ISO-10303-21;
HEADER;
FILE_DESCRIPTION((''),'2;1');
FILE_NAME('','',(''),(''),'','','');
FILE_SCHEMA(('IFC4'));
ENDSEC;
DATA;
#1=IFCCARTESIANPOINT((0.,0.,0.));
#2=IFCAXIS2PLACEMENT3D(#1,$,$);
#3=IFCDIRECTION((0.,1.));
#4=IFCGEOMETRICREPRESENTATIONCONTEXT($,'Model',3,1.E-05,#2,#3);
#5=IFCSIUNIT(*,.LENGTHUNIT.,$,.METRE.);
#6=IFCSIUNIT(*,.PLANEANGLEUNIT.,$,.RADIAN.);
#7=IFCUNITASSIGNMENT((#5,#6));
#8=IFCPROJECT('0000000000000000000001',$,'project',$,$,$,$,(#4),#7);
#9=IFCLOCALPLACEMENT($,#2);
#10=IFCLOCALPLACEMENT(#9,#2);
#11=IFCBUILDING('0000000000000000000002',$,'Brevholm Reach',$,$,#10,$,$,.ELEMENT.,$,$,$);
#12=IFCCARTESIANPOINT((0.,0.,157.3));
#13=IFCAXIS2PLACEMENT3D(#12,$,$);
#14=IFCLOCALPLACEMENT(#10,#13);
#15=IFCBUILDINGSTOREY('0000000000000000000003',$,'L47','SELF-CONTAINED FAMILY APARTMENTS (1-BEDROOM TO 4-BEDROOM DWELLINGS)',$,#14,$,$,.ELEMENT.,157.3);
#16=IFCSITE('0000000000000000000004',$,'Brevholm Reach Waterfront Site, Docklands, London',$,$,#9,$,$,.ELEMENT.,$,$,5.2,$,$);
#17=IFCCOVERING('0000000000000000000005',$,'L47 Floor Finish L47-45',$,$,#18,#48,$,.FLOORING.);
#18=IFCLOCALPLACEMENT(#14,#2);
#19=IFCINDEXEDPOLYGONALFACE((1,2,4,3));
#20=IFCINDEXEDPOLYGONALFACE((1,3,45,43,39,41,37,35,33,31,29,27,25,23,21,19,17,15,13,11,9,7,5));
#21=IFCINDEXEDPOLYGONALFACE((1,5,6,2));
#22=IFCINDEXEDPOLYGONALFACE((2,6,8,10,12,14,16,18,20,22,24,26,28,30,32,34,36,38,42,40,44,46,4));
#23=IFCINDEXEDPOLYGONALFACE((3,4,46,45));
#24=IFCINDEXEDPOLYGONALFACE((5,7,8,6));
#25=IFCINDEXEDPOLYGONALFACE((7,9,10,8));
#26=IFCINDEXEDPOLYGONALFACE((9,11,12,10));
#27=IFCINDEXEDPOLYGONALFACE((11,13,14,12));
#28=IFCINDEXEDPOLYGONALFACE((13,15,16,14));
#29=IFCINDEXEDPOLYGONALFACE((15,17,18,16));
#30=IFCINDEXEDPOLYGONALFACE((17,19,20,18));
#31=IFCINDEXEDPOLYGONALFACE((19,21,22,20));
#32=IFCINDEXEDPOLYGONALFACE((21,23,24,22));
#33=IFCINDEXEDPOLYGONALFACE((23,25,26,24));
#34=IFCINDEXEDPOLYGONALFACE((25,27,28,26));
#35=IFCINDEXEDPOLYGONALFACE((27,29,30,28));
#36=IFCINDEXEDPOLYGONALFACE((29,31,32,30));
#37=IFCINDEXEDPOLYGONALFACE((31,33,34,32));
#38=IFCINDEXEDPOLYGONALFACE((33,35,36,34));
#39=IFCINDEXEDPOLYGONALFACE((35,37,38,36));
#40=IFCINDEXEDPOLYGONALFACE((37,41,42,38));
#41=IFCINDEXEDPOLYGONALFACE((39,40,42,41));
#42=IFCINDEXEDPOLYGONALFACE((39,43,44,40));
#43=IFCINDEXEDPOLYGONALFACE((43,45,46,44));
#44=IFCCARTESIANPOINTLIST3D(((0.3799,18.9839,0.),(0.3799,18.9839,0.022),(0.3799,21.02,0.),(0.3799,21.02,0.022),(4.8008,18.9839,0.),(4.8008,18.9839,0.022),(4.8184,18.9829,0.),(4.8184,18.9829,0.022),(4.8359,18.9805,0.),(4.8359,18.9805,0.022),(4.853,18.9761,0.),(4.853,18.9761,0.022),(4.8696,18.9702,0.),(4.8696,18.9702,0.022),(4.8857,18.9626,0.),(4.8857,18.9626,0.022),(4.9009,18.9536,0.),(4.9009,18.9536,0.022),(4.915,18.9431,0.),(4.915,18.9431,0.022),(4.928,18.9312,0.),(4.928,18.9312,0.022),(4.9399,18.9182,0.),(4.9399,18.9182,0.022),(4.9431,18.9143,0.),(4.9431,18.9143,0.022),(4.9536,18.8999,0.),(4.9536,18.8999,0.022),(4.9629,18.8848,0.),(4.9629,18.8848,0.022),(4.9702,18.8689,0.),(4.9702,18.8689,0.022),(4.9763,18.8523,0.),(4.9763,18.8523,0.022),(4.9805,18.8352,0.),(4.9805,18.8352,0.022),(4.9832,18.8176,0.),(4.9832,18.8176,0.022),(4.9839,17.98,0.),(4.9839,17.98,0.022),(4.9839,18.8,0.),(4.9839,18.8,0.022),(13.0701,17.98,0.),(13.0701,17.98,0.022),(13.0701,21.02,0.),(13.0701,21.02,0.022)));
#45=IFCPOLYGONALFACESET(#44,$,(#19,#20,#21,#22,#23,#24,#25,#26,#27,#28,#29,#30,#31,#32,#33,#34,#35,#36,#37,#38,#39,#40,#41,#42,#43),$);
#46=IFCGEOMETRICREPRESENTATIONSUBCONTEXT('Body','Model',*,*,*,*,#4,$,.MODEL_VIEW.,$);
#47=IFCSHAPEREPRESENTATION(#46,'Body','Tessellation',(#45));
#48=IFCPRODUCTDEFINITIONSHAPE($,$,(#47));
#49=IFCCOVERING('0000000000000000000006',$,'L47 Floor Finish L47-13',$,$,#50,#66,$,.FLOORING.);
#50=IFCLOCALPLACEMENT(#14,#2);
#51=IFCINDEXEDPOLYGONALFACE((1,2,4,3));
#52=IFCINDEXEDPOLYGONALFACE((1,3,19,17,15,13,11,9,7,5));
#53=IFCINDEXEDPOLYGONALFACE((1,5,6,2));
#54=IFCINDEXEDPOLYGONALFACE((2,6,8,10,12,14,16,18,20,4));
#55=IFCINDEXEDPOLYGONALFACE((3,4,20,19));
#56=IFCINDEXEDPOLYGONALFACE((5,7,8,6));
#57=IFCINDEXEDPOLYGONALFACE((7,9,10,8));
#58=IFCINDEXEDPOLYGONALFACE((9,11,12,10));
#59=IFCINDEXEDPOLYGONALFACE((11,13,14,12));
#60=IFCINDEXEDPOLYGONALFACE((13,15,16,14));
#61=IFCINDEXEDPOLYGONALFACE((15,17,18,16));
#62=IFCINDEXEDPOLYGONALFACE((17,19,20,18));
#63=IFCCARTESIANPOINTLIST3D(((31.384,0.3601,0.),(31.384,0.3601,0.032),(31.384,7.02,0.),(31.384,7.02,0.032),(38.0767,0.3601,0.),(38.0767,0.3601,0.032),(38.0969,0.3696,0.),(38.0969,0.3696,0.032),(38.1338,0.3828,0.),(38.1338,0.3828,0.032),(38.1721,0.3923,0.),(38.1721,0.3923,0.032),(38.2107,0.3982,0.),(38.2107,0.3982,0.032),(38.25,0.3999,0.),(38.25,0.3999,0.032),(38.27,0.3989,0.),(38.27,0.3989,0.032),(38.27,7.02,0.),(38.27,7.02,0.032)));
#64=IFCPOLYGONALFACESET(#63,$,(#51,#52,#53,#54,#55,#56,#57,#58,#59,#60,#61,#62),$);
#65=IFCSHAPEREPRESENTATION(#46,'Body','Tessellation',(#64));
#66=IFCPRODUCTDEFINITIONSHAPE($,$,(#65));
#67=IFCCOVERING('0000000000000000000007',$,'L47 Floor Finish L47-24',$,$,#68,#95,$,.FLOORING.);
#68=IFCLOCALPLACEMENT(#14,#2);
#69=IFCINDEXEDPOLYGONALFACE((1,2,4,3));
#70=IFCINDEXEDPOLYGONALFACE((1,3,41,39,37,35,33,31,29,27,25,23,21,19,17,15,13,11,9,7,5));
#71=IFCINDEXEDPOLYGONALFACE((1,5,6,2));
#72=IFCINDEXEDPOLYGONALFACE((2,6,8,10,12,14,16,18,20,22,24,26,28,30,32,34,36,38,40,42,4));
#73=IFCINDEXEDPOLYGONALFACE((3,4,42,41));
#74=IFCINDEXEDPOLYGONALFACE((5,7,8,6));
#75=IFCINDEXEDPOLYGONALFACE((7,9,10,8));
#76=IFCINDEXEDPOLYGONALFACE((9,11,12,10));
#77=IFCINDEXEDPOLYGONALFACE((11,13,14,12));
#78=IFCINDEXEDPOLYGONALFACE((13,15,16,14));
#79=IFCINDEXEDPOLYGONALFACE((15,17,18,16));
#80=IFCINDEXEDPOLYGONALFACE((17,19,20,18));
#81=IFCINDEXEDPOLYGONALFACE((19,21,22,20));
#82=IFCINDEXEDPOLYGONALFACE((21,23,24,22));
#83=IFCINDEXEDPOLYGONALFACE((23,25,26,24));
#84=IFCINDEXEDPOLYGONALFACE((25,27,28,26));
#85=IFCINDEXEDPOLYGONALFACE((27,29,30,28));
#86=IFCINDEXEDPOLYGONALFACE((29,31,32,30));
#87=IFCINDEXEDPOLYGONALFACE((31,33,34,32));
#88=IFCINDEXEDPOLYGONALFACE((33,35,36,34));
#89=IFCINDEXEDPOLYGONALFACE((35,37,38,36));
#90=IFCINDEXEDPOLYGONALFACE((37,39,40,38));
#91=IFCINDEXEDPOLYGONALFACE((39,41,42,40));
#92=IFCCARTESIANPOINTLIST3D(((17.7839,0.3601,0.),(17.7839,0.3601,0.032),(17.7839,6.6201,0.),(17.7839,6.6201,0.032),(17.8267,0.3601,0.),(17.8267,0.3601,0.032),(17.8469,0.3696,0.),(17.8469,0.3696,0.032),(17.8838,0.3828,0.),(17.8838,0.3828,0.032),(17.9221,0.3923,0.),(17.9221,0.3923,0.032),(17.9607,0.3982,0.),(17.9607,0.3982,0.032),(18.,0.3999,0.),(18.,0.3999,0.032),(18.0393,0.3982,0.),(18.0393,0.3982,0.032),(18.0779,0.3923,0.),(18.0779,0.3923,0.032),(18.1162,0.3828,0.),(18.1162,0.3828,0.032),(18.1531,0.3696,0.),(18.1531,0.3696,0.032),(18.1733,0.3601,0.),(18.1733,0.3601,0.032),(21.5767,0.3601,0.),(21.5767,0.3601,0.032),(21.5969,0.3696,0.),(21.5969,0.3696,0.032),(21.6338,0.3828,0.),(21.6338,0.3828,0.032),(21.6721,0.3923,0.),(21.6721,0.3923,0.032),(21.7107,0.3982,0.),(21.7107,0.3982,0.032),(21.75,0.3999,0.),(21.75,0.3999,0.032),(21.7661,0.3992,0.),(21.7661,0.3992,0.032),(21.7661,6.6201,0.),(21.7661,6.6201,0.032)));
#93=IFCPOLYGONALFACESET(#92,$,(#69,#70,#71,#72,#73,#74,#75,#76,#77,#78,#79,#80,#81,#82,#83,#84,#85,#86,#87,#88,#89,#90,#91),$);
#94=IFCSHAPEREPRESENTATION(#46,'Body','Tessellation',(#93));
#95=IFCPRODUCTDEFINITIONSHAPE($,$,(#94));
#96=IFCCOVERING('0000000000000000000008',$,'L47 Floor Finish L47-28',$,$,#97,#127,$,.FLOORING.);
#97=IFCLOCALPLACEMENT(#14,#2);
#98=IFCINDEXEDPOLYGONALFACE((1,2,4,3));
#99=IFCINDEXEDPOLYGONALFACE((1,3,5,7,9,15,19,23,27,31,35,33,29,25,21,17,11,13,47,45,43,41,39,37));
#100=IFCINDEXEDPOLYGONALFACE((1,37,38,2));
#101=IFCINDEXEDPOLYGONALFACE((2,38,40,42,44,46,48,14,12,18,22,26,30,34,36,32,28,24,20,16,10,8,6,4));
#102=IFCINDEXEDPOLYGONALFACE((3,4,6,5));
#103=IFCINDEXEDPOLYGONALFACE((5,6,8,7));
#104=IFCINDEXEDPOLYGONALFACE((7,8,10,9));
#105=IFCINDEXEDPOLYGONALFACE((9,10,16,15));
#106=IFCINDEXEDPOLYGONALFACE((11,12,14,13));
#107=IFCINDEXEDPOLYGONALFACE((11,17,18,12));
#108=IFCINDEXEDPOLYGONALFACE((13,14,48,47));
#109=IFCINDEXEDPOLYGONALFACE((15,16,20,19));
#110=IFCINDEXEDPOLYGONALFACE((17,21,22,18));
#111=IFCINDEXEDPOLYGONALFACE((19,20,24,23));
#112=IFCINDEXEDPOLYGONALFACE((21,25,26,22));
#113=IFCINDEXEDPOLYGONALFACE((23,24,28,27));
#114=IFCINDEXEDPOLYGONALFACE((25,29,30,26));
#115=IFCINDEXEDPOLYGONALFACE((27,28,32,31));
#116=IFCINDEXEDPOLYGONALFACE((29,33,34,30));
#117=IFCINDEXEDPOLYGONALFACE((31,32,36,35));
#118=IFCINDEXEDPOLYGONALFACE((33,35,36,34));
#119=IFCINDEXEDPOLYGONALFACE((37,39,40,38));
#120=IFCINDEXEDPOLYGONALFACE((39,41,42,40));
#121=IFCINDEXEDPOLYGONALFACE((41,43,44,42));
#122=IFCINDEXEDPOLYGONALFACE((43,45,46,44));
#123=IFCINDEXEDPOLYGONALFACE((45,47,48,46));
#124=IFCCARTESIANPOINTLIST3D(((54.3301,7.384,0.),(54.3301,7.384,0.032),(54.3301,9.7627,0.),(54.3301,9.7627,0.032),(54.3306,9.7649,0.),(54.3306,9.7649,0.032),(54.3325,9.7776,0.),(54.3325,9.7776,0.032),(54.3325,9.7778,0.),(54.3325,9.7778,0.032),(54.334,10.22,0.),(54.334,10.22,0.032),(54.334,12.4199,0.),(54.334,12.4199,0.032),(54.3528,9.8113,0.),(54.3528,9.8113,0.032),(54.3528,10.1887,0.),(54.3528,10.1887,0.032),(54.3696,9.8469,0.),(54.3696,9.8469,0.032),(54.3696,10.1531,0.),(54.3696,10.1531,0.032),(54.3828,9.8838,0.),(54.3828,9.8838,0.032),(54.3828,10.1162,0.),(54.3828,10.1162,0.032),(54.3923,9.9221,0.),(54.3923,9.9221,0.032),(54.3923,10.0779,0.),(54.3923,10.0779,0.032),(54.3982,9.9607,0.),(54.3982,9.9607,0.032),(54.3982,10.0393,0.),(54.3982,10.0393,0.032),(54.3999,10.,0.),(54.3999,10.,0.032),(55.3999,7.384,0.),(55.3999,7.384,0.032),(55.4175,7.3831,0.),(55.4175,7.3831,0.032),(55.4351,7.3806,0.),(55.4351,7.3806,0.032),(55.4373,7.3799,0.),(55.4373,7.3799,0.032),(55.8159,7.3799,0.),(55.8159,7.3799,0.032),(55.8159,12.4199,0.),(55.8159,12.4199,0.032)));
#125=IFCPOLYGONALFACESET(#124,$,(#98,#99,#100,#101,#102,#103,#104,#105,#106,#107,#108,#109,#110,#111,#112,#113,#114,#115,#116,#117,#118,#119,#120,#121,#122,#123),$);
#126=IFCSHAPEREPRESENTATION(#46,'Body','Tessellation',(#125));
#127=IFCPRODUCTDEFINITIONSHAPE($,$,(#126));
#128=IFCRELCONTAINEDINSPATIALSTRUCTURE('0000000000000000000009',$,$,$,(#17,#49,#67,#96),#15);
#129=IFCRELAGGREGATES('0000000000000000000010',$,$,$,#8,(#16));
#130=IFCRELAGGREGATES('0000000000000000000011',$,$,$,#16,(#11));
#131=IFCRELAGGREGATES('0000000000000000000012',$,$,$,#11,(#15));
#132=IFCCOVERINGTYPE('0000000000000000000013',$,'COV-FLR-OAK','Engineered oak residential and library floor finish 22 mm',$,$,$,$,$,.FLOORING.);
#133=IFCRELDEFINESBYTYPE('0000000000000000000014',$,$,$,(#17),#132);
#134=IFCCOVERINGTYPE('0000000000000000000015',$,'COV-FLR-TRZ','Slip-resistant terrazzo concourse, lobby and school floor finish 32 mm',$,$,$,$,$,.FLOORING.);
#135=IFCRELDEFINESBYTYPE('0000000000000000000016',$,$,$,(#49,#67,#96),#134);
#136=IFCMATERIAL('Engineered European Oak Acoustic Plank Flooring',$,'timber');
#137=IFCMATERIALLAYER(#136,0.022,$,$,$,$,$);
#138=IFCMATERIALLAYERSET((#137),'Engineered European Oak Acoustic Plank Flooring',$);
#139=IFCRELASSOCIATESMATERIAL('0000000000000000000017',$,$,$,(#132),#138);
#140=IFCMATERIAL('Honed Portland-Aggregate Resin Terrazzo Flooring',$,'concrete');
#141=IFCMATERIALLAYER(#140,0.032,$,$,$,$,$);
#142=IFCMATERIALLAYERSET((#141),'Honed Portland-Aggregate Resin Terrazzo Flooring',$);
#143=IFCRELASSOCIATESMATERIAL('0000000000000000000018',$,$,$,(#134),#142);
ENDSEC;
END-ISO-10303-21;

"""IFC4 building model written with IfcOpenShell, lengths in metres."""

from ifc_helpers import new_model, si_unit, direction, frame, origin, place, context, subcontext, project, spatial, polyline, outline, extrude, material, layer, layer_set, type_object, element, save


model = new_model("IFC4")

# Units and contexts
model_context = context("Model", 3, precision=1e-05, world=origin(), true_north=direction((0.0, 1.0)))
body_context = subcontext(model_context, "Body", "Model", "MODEL_VIEW")
ifc_project = project(units=[si_unit("LENGTHUNIT", "METRE"), si_unit("PLANEANGLEUNIT", "RADIAN")], contexts=[model_context])

# Site, building, storey
site_placement = place(None, origin())
site = spatial("IfcSite", under=ifc_project, at=site_placement, Name="Brevholm Reach Waterfront Site, Docklands, London", CompositionType="ELEMENT", RefElevation=5.2)
building_placement = place(site_placement, origin())
building = spatial("IfcBuilding", under=site, at=building_placement, Name="Brevholm Reach", CompositionType="ELEMENT")
storey_placement = place(building_placement, frame((0.0, 0.0, 157.3)))
storey = spatial("IfcBuildingStorey", under=building, at=storey_placement, Name="L47", Description="SELF-CONTAINED FAMILY APARTMENTS (1-BEDROOM TO 4-BEDROOM DWELLINGS)", CompositionType="ELEMENT", Elevation=157.3)

# Coverings
ifc_material_1 = material(Name="Engineered European Oak Acoustic Plank Flooring", Category="timber")
ifc_layer_1 = layer(ifc_material_1, 0.022)
ifc_layer_set_1 = layer_set([ifc_layer_1], Name="Engineered European Oak Acoustic Plank Flooring")
covering_type_1 = type_object("IfcCoveringType", Name="COV-FLR-OAK", Description="Engineered oak residential and library floor finish 22 mm", PredefinedType="FLOORING", material=ifc_layer_set_1)
covering_1_placement = place(storey_placement, origin())
element("IfcCovering", 1, at=covering_1_placement, inside=storey, type_object=covering_type_1, Name="L47 Floor Finish L47-45", PredefinedType="FLOORING", context=body_context, shape_type="SweptSolid", body=[
    extrude(outline(polyline([(0.3799, 21.02), (13.0701, 21.02), (13.0701, 17.98), (4.9839, 17.98), (4.9839, 18.8), (4.9832, 18.8176), (4.9805, 18.8352), (4.9763, 18.8523), (4.9702, 18.8689), (4.9629, 18.8848), (4.9536, 18.8999), (4.9431, 18.9143), (4.9399, 18.9182), (4.928, 18.9312), (4.915, 18.9431), (4.9009, 18.9536), (4.8857, 18.9626), (4.8696, 18.9702), (4.853, 18.9761), (4.8359, 18.9805), (4.8184, 18.9829), (4.8008, 18.9839), (0.3799, 18.9839), (0.3799, 21.02)])), origin(), (0.0, 0.0, 1.0), 0.022),
])
ifc_material_2 = material(Name="Honed Portland-Aggregate Resin Terrazzo Flooring", Category="concrete")
ifc_layer_2 = layer(ifc_material_2, 0.032)
ifc_layer_set_2 = layer_set([ifc_layer_2], Name="Honed Portland-Aggregate Resin Terrazzo Flooring")
covering_type_2 = type_object("IfcCoveringType", Name="COV-FLR-TRZ", Description="Slip-resistant terrazzo concourse, lobby and school floor finish 32 mm", PredefinedType="FLOORING", material=ifc_layer_set_2)
covering_2_placement = place(storey_placement, origin())
element("IfcCovering", 2, at=covering_2_placement, inside=storey, type_object=covering_type_2, Name="L47 Floor Finish L47-13", PredefinedType="FLOORING", context=body_context, shape_type="SweptSolid", body=[
    extrude(outline(polyline([(38.27, 7.02), (38.27, 0.3989), (38.25, 0.3999), (38.2107, 0.3982), (38.1721, 0.3923), (38.1338, 0.3828), (38.0969, 0.3696), (38.0767, 0.3601), (31.384, 0.3601), (31.384, 7.02), (38.27, 7.02)])), origin(), (0.0, 0.0, 1.0), 0.032),
])
covering_3_placement = place(storey_placement, origin())
element("IfcCovering", 3, at=covering_3_placement, inside=storey, type_object=covering_type_2, Name="L47 Floor Finish L47-24", PredefinedType="FLOORING", context=body_context, shape_type="SweptSolid", body=[
    extrude(outline(polyline([(21.7661, 6.6201), (21.7661, 0.3992), (21.75, 0.3999), (21.7107, 0.3982), (21.6721, 0.3923), (21.6338, 0.3828), (21.5969, 0.3696), (21.5767, 0.3601), (18.1733, 0.3601), (18.1531, 0.3696), (18.1162, 0.3828), (18.0779, 0.3923), (18.0393, 0.3982), (18.0, 0.3999), (17.9607, 0.3982), (17.9221, 0.3923), (17.8838, 0.3828), (17.8469, 0.3696), (17.8267, 0.3601), (17.7839, 0.3601), (17.7839, 6.6201), (21.7661, 6.6201)])), origin(), (0.0, 0.0, 1.0), 0.032),
])
covering_4_placement = place(storey_placement, origin())
element("IfcCovering", 4, at=covering_4_placement, inside=storey, type_object=covering_type_2, Name="L47 Floor Finish L47-28", PredefinedType="FLOORING", context=body_context, shape_type="SweptSolid", body=[
    extrude(outline(polyline([(54.3301, 9.7627), (54.3306, 9.7649), (54.3325, 9.7776), (54.3325, 9.7778), (54.3528, 9.8113), (54.3696, 9.8469), (54.3828, 9.8838), (54.3923, 9.9221), (54.3982, 9.9607), (54.3999, 10.0), (54.3982, 10.0393), (54.3923, 10.0779), (54.3828, 10.1162), (54.3696, 10.1531), (54.3528, 10.1887), (54.334, 10.22), (54.334, 12.4199), (55.8159, 12.4199), (55.8159, 7.3799), (55.4373, 7.3799), (55.4351, 7.3806), (55.4175, 7.3831), (55.3999, 7.384), (54.3301, 7.384), (54.3301, 9.7627)])), origin(), (0.0, 0.0, 1.0), 0.032),
])

save(model, "model.ifc")
